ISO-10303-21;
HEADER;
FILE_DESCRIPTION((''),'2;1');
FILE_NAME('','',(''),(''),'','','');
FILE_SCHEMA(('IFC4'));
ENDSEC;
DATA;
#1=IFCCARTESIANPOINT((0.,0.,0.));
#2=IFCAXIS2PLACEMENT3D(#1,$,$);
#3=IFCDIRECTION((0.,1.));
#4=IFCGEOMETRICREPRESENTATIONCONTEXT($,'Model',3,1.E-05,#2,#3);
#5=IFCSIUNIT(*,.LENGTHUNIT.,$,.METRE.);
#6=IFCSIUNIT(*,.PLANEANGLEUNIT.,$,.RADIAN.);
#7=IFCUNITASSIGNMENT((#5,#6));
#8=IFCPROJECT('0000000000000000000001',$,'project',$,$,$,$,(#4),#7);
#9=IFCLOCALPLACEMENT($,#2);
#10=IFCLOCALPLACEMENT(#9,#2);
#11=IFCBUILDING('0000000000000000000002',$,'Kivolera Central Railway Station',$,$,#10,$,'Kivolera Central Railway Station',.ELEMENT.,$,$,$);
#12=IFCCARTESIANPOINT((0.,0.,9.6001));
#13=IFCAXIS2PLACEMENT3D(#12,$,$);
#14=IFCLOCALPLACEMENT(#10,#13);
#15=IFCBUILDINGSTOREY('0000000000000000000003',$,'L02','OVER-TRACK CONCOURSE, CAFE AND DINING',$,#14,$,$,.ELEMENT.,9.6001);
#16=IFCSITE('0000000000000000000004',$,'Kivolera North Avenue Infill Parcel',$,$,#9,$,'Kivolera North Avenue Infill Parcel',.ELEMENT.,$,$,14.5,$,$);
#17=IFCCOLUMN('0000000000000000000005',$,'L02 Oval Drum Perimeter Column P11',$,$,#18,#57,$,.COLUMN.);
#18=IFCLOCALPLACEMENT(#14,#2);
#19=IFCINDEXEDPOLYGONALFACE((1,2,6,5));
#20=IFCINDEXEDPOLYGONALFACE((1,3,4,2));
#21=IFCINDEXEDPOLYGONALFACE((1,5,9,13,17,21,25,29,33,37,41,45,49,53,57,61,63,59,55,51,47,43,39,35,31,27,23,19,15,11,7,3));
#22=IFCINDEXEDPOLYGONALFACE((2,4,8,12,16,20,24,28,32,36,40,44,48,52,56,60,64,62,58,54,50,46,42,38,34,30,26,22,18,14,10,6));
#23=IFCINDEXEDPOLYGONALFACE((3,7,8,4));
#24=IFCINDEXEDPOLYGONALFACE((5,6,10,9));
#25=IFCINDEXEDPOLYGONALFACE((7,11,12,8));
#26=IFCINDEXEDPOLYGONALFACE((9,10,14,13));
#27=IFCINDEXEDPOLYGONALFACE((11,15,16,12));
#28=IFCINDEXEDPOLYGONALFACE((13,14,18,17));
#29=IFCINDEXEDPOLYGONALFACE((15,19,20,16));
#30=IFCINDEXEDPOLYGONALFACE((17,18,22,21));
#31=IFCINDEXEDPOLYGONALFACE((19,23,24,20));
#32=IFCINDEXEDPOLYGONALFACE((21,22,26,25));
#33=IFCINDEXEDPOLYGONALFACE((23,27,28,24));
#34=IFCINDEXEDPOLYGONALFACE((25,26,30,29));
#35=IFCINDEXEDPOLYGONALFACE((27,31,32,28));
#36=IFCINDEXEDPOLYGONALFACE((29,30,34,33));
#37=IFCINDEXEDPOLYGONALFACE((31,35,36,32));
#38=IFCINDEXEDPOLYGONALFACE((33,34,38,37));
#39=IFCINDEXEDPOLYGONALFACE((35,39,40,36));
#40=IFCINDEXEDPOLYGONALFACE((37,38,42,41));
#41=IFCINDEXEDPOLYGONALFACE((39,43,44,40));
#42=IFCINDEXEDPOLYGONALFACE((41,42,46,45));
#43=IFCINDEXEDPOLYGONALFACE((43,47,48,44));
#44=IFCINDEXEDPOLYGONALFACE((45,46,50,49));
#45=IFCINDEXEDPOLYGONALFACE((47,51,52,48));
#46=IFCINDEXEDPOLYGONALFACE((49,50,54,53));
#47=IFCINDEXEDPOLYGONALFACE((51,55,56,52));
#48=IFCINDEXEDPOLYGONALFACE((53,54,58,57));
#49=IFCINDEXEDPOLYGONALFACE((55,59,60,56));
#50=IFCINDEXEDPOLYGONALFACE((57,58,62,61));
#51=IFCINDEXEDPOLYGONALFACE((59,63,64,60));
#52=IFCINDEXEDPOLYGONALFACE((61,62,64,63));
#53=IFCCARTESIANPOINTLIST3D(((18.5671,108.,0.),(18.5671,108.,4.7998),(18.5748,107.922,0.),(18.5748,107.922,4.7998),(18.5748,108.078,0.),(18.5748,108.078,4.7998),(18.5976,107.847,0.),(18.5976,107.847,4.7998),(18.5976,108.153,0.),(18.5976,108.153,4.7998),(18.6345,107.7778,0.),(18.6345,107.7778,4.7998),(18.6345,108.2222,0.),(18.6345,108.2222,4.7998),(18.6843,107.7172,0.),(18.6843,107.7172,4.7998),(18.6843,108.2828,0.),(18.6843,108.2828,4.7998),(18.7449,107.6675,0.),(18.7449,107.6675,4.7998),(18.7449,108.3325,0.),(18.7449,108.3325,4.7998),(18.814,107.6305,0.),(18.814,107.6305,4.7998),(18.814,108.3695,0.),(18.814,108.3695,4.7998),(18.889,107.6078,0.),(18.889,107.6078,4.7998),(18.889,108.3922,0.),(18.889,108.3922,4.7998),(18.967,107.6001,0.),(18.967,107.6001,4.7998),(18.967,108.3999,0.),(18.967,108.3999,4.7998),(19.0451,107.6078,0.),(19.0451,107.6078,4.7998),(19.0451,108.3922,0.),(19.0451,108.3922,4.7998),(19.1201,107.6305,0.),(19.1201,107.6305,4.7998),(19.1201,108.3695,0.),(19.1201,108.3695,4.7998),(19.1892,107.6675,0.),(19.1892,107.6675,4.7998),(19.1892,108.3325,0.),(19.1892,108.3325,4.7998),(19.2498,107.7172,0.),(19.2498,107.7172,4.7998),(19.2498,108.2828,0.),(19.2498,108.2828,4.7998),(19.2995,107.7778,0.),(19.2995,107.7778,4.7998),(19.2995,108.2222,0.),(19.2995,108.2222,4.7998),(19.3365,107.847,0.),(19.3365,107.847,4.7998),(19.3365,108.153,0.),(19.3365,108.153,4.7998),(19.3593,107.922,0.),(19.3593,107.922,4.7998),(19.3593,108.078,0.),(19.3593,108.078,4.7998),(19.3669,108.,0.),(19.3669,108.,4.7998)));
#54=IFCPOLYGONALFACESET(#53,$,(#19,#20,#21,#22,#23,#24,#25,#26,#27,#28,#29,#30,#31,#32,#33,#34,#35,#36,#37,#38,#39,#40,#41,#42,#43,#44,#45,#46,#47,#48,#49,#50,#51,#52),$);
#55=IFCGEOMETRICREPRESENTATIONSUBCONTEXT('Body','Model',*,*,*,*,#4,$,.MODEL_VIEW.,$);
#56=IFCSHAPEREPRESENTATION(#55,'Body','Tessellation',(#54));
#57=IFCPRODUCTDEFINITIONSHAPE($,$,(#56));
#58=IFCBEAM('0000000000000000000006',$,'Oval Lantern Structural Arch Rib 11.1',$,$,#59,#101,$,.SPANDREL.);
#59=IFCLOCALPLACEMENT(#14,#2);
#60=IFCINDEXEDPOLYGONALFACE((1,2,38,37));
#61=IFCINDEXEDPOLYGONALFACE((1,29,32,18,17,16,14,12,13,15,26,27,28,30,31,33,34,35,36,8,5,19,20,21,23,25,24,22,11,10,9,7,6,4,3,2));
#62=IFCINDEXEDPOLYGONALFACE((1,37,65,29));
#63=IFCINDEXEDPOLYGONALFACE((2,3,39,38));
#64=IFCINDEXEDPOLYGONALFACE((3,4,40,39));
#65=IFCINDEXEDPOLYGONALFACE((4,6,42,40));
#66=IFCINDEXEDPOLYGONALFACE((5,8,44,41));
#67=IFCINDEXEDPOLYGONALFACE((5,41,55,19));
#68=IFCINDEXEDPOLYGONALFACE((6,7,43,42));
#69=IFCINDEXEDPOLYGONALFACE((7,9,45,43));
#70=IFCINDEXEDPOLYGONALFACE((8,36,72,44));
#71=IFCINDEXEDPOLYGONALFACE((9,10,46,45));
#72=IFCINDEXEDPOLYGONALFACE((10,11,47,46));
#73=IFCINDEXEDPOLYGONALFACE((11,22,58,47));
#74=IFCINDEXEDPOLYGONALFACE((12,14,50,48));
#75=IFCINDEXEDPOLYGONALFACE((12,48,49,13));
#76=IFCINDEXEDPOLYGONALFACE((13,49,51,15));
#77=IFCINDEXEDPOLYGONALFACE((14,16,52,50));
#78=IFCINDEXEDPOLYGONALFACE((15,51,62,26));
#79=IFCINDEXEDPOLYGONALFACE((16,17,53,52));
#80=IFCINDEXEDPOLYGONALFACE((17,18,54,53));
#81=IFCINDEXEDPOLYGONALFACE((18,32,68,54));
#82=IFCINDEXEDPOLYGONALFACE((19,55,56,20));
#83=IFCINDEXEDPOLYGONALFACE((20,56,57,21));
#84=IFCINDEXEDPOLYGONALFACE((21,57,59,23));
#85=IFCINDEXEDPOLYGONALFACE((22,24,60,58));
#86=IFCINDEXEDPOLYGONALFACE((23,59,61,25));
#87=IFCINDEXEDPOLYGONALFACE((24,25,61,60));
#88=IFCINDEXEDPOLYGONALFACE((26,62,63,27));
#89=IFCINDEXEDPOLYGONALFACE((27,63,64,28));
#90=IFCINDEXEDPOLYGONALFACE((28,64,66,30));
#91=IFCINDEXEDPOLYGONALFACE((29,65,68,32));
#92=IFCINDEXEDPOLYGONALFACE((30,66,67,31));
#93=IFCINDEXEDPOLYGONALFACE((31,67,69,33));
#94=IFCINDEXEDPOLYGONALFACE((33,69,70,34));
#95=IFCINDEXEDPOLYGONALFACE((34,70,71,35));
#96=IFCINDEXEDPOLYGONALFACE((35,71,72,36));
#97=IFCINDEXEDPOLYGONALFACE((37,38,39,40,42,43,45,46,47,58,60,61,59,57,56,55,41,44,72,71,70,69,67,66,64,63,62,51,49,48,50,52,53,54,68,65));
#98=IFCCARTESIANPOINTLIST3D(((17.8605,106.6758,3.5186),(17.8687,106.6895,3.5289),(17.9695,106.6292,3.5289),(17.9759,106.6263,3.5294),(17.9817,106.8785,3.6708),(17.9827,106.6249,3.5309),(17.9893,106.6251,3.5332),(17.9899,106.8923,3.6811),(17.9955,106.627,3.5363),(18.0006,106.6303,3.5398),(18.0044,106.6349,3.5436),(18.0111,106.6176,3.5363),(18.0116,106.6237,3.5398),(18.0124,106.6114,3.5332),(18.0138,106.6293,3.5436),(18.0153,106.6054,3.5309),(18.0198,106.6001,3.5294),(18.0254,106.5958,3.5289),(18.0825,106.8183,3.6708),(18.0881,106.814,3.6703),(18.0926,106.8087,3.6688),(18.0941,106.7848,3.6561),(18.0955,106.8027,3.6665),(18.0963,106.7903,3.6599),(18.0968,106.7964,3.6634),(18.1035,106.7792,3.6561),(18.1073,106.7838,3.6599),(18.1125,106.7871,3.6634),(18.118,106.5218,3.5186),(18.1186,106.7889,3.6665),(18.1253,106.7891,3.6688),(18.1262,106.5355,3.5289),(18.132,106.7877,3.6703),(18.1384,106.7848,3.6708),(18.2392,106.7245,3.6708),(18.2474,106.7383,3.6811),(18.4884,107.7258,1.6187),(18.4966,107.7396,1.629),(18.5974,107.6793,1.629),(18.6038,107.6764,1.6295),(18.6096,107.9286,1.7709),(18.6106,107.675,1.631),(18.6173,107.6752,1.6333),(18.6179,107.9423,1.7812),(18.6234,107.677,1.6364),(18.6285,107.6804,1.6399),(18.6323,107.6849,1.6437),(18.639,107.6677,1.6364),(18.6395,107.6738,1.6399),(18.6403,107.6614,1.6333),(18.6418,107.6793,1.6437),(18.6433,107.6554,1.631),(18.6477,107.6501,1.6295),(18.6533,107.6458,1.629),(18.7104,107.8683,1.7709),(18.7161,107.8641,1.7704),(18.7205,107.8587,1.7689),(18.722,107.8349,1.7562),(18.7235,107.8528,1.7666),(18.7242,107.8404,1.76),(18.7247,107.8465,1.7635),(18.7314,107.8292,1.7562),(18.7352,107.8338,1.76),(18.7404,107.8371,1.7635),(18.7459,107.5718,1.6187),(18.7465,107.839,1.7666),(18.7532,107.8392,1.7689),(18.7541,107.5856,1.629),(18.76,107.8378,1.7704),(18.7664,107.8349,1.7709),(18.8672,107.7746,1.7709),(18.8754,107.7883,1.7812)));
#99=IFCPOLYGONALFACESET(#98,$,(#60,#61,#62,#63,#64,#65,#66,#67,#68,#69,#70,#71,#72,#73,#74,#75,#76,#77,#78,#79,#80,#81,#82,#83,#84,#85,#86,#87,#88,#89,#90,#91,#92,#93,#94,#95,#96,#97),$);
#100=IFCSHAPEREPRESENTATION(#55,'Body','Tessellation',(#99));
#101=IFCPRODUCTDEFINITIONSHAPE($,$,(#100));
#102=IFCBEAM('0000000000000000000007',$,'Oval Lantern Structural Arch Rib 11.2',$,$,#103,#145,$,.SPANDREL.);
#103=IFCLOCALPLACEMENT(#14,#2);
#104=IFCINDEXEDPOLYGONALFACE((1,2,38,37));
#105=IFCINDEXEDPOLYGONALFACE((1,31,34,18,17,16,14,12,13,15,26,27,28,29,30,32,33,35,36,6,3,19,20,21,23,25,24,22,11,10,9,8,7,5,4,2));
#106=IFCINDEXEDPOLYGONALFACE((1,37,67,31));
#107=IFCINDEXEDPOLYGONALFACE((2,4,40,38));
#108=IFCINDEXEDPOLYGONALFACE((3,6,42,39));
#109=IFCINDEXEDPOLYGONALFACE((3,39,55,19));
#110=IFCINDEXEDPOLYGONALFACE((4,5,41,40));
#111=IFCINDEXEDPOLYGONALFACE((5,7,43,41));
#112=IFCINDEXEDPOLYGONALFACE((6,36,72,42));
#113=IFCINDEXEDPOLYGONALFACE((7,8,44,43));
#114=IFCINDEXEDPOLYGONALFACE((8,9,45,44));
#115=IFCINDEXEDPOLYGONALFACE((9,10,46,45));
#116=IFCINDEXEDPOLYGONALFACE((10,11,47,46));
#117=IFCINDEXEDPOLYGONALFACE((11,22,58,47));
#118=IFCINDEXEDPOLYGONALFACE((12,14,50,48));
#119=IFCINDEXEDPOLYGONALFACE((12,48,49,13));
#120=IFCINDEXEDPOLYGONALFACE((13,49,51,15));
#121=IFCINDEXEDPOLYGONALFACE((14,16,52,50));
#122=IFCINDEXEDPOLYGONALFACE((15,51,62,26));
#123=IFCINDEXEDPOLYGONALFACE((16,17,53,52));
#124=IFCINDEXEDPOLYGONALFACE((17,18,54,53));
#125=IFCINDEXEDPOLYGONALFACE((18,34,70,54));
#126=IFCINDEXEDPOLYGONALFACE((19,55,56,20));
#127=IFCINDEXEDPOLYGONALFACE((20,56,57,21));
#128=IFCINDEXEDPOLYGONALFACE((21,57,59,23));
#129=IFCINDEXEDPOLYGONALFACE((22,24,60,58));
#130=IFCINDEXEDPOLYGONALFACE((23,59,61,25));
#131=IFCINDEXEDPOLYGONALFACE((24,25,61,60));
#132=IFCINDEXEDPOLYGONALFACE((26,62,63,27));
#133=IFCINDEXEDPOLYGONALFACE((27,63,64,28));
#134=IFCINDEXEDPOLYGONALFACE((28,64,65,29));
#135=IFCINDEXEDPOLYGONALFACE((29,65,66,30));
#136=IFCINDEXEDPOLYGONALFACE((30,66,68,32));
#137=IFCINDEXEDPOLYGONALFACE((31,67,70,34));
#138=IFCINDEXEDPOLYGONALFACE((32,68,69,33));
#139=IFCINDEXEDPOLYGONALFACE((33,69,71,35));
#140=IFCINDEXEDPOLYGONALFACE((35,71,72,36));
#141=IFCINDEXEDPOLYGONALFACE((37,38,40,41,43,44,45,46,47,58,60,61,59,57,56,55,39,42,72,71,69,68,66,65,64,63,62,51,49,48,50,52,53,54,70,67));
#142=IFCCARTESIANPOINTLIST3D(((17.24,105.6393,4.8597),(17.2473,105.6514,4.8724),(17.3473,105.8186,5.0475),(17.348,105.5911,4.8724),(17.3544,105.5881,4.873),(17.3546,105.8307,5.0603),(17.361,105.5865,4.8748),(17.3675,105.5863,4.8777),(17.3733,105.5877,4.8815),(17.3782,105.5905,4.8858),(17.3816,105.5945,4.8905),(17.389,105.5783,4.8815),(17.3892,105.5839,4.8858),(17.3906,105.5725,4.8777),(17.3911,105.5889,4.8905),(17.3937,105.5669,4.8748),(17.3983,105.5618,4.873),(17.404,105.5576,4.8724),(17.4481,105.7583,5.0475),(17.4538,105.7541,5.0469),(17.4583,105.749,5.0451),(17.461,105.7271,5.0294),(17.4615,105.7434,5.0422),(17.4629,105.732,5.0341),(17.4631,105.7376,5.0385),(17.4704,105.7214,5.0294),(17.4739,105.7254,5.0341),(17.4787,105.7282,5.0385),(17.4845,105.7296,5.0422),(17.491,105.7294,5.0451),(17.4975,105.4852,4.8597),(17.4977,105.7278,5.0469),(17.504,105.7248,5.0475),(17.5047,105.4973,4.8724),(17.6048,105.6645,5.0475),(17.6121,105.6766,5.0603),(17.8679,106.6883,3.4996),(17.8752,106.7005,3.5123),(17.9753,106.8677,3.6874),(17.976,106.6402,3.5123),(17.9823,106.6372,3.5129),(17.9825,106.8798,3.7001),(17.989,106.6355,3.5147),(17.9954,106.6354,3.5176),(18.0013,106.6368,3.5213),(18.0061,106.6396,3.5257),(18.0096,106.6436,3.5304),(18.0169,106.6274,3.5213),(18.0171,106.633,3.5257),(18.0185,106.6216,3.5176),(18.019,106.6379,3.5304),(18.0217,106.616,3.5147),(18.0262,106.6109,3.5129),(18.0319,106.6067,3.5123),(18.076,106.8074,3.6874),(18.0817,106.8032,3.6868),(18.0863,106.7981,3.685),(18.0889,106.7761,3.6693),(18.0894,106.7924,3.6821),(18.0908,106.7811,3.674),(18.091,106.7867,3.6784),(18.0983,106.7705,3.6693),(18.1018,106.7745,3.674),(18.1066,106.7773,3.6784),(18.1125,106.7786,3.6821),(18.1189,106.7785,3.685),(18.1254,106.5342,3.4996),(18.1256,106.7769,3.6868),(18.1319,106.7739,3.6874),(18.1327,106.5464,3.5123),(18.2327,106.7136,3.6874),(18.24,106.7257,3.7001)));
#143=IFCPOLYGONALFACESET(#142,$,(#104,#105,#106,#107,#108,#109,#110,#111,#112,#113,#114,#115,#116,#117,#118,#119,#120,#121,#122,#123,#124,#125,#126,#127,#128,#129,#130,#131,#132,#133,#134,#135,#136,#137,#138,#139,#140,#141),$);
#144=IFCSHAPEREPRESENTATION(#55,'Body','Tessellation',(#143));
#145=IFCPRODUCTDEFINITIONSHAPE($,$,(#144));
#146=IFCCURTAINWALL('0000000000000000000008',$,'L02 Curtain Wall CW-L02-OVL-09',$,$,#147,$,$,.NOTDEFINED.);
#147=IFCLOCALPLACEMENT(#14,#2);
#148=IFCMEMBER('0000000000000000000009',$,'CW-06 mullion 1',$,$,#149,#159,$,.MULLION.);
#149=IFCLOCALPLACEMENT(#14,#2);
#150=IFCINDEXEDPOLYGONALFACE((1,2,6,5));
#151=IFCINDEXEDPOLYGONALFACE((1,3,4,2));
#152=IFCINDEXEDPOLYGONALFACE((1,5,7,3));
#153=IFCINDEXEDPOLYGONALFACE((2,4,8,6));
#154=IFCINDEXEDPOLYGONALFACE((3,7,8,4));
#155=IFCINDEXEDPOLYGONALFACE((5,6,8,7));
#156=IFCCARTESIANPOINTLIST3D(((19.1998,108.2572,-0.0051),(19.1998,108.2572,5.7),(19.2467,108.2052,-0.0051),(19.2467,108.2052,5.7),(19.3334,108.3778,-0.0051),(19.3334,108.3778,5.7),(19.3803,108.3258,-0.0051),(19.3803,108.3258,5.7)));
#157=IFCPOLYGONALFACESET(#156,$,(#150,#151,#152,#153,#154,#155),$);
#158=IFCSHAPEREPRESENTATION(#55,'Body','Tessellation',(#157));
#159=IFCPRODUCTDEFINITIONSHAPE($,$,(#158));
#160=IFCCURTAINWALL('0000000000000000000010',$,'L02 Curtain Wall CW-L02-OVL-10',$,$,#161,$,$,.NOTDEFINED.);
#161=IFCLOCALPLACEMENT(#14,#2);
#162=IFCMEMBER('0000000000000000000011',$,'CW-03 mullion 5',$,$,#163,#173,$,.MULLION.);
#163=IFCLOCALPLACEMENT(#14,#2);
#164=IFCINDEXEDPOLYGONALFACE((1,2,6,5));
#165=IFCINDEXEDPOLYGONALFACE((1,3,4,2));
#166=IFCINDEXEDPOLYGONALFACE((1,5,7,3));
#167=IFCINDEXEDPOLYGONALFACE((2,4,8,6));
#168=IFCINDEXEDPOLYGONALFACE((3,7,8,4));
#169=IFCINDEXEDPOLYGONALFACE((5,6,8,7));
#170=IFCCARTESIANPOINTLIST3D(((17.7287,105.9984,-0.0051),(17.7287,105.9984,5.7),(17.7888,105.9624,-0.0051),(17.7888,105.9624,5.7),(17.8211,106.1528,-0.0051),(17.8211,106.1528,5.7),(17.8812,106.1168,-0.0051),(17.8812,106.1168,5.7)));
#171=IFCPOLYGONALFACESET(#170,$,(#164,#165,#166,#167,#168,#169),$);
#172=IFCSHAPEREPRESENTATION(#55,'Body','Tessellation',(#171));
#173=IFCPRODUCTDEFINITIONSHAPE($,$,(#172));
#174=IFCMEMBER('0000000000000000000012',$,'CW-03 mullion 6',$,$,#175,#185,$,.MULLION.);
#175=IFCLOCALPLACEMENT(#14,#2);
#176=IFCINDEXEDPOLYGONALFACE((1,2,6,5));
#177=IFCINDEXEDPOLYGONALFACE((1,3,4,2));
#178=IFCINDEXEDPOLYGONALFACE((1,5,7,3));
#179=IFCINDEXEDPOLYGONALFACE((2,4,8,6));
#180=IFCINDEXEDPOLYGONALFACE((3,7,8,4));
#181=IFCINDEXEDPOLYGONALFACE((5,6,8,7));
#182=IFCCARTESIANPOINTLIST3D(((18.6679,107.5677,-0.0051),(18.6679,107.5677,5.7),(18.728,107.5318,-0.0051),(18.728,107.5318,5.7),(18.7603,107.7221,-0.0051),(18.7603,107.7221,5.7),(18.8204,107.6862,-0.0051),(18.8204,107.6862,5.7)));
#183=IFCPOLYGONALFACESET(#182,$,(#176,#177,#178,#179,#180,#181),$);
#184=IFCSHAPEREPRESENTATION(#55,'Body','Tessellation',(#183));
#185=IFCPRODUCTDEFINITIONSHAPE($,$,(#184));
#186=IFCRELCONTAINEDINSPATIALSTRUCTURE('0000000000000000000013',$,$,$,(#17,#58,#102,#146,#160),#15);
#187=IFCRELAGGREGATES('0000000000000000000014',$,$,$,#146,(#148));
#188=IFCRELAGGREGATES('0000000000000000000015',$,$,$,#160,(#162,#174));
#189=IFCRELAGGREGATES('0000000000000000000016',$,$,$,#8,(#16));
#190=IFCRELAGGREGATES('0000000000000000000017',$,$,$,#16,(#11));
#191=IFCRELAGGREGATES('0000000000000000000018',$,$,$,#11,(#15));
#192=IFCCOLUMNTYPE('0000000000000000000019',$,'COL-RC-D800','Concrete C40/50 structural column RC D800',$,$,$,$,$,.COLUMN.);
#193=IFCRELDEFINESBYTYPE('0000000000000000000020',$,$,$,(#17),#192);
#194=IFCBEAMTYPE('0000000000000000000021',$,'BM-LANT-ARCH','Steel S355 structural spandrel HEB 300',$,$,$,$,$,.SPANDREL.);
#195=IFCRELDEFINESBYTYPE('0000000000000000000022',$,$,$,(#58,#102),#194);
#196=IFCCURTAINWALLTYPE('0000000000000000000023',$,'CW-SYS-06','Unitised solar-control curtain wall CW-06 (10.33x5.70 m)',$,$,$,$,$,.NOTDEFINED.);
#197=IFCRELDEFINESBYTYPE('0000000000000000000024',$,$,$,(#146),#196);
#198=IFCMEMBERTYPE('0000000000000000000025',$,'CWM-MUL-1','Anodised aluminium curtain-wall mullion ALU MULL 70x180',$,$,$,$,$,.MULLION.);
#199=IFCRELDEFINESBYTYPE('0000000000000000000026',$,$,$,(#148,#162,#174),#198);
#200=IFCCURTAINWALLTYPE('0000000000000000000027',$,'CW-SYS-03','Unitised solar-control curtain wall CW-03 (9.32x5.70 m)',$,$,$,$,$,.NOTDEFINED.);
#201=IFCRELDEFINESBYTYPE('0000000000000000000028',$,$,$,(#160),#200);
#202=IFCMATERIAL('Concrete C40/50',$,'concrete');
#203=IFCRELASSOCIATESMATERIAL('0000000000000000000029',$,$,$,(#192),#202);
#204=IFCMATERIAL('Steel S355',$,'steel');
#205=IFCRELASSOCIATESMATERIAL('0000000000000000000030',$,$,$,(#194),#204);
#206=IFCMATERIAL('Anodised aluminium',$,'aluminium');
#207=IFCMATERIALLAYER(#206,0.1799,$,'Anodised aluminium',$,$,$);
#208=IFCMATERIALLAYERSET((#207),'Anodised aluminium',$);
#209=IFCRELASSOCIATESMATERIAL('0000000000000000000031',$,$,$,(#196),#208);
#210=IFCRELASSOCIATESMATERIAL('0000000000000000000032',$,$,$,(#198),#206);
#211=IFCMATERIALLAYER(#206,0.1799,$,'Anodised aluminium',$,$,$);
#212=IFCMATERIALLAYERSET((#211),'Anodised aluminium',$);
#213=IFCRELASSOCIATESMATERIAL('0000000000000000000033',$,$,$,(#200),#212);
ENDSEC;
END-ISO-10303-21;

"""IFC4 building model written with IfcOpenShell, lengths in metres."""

from ifc_helpers import new_model, si_unit, direction, frame, origin, origin_2d, place, context, subcontext, project, spatial, rectangle, circle, i_section, extrude, material, layer, layer_set, material_profile, profile_set, type_object, element, aggregate, save


model = new_model("IFC4")

# Units and contexts
model_context = context("Model", 3, precision=1e-05, world=origin(), true_north=direction((0.0, 1.0)))
body_context = subcontext(model_context, "Body", "Model", "MODEL_VIEW")
ifc_project = project(units=[si_unit("LENGTHUNIT", "METRE"), si_unit("PLANEANGLEUNIT", "RADIAN")], contexts=[model_context])

# Site, building, storey
site_placement = place(None, origin())
site = spatial("IfcSite", under=ifc_project, at=site_placement, Name="Kivolera North Avenue Infill Parcel", LongName="Kivolera North Avenue Infill Parcel", CompositionType="ELEMENT", RefElevation=14.5)
building_placement = place(site_placement, origin())
building = spatial("IfcBuilding", under=site, at=building_placement, Name="Kivolera Central Railway Station", LongName="Kivolera Central Railway Station", CompositionType="ELEMENT")
storey_placement = place(building_placement, frame((0.0, 0.0, 9.6001)))
storey = spatial("IfcBuildingStorey", under=building, at=storey_placement, Name="L02", Description="OVER-TRACK CONCOURSE, CAFE AND DINING", CompositionType="ELEMENT", Elevation=9.6001)

# Column
ifc_material_1 = material(Name="Concrete C40/50", Category="concrete")
ifc_material_profile_1 = material_profile(ifc_material_1, circle(Radius=0.3999, at=origin_2d()), Name="RC D800")
ifc_profile_set_1 = profile_set([ifc_material_profile_1], Name="Concrete C40/50")
column_type = type_object("IfcColumnType", Name="COL-RC-D800", Description="Concrete C40/50 structural column RC D800", PredefinedType="COLUMN", material=ifc_profile_set_1)
column_placement = place(storey_placement, frame((18.967, 108.0, 0.0), z_axis=(0.0, 0.0, 1.0), x_axis=(1.0, 0.0, 0.0)))
element("IfcColumn", 1, at=column_placement, inside=storey, type_object=column_type, Name="L02 Oval Drum Perimeter Column P11", PredefinedType="COLUMN", context=body_context, shape_type="SweptSolid", body=[
    extrude(circle(Radius=0.3999, at=origin_2d()), origin(), (0.0, 0.0, 1.0), 4.7998),
])

# Beams
ifc_material_2 = material(Name="Steel S355", Category="steel")
ifc_material_profile_2 = material_profile(ifc_material_2, i_section(OverallWidth=0.3, OverallDepth=0.3, WebThickness=0.011, FlangeThickness=0.019, FilletRadius=0.0271, at=origin_2d()), Name="HEB 300")
ifc_profile_set_2 = profile_set([ifc_material_profile_2], Name="Steel S355")
beam_type = type_object("IfcBeamType", Name="BM-LANT-ARCH", Description="Steel S355 structural spandrel HEB 300", PredefinedType="SPANDREL", material=ifc_profile_set_2)
beam_1_placement = place(storey_placement, frame((18.6819, 107.7571, 1.7), z_axis=(-0.277874, -0.464672, 0.840753), x_axis=(0.858249, -0.513233, 0.0)))
element("IfcBeam", 2, at=beam_1_placement, inside=storey, type_object=beam_type, Name="Oval Lantern Structural Arch Rib 11.1", PredefinedType="SPANDREL", context=body_context, shape_type="SweptSolid", body=[
    extrude(i_section(OverallWidth=0.3, OverallDepth=0.3, WebThickness=0.011, FlangeThickness=0.019, FilletRadius=0.0271, at=origin_2d()), origin(), (0.0, 0.0, 1.0), 2.2598),
])
beam_2_placement = place(storey_placement, frame((18.054, 106.707, 3.5999), z_axis=(-0.343344, -0.57362, 0.74369), x_axis=(0.858039, -0.513585, 0.0)))
element("IfcBeam", 3, at=beam_2_placement, inside=storey, type_object=beam_type, Name="Oval Lantern Structural Arch Rib 11.2", PredefinedType="SPANDREL", context=body_context, shape_type="SweptSolid", body=[
    extrude(i_section(OverallWidth=0.3, OverallDepth=0.3, WebThickness=0.011, FlangeThickness=0.019, FilletRadius=0.0271, at=origin_2d()), origin(), (0.0, 0.0, 1.0), 1.8289),
])

# Curtain wall, member
ifc_material_3 = material(Name="Anodised aluminium", Category="aluminium")
ifc_layer_1 = layer(ifc_material_3, 0.1799, Name="Anodised aluminium")
ifc_layer_set_1 = layer_set([ifc_layer_1], Name="Anodised aluminium")
curtain_wall_type_1 = type_object("IfcCurtainWallType", Name="CW-SYS-06", Description="Unitised solar-control curtain wall CW-06 (10.33x5.70 m)", PredefinedType="NOTDEFINED", material=ifc_layer_set_1)
curtain_wall_1_placement = place(storey_placement, origin())
curtain_wall_1 = element("IfcCurtainWall", 4, at=curtain_wall_1_placement, inside=storey, type_object=curtain_wall_type_1, Name="L02 Curtain Wall CW-L02-OVL-09", PredefinedType="NOTDEFINED")
ifc_material_profile_3 = material_profile(ifc_material_3, rectangle(XDim=0.0701, YDim=0.1799, at=origin_2d()), Name="ALU MULL 70x180")
ifc_profile_set_3 = profile_set([ifc_material_profile_3], Name="Anodised aluminium")
member_type_1 = type_object("IfcMemberType", Name="CWM-MUL-1", Description="Anodised aluminium curtain-wall mullion ALU MULL 70x180", PredefinedType="MULLION", material=ifc_profile_set_3)
member_1_placement = place(storey_placement, frame((19.29, 108.2915, -0.0051), z_axis=(0.0, 0.0, 1.0), x_axis=(-0.669922, 0.742432, 0.0)))
member_1 = element("IfcMember", 5, at=member_1_placement, type_object=member_type_1, Name="CW-06 mullion 1", PredefinedType="MULLION", context=body_context, shape_type="SweptSolid", body=[
    extrude(rectangle(XDim=0.0701, YDim=0.1799, at=origin_2d()), origin(), (0.0, 0.0, 1.0), 5.7051),
])

# Curtain wall, members
ifc_layer_2 = layer(ifc_material_3, 0.1799, Name="Anodised aluminium")
ifc_layer_set_2 = layer_set([ifc_layer_2], Name="Anodised aluminium")
curtain_wall_type_2 = type_object("IfcCurtainWallType", Name="CW-SYS-03", Description="Unitised solar-control curtain wall CW-03 (9.32x5.70 m)", PredefinedType="NOTDEFINED", material=ifc_layer_set_2)
curtain_wall_2_placement = place(storey_placement, origin())
curtain_wall_2 = element("IfcCurtainWall", 6, at=curtain_wall_2_placement, inside=storey, type_object=curtain_wall_type_2, Name="L02 Curtain Wall CW-L02-OVL-10", PredefinedType="NOTDEFINED")
member_2_placement = place(storey_placement, frame((17.8049, 106.0576, -0.0051), z_axis=(0.0, 0.0, 1.0), x_axis=(-0.858117, 0.513454, 0.0)))
member_2 = element("IfcMember", 7, at=member_2_placement, type_object=member_type_1, Name="CW-03 mullion 5", PredefinedType="MULLION", context=body_context, shape_type="SweptSolid", body=[
    extrude(rectangle(XDim=0.0701, YDim=0.1799, at=origin_2d()), origin(), (0.0, 0.0, 1.0), 5.7051),
])
member_3_placement = place(storey_placement, frame((18.7441, 107.627, -0.0051), z_axis=(0.0, 0.0, 1.0), x_axis=(-0.858117, 0.513454, 0.0)))
member_3 = element("IfcMember", 8, at=member_3_placement, type_object=member_type_1, Name="CW-03 mullion 6", PredefinedType="MULLION", context=body_context, shape_type="SweptSolid", body=[
    extrude(rectangle(XDim=0.0701, YDim=0.1799, at=origin_2d()), origin(), (0.0, 0.0, 1.0), 5.7051),
])

aggregate(curtain_wall_1, [member_1])

aggregate(curtain_wall_2, [member_2, member_3])

save(model, "model.ifc")
